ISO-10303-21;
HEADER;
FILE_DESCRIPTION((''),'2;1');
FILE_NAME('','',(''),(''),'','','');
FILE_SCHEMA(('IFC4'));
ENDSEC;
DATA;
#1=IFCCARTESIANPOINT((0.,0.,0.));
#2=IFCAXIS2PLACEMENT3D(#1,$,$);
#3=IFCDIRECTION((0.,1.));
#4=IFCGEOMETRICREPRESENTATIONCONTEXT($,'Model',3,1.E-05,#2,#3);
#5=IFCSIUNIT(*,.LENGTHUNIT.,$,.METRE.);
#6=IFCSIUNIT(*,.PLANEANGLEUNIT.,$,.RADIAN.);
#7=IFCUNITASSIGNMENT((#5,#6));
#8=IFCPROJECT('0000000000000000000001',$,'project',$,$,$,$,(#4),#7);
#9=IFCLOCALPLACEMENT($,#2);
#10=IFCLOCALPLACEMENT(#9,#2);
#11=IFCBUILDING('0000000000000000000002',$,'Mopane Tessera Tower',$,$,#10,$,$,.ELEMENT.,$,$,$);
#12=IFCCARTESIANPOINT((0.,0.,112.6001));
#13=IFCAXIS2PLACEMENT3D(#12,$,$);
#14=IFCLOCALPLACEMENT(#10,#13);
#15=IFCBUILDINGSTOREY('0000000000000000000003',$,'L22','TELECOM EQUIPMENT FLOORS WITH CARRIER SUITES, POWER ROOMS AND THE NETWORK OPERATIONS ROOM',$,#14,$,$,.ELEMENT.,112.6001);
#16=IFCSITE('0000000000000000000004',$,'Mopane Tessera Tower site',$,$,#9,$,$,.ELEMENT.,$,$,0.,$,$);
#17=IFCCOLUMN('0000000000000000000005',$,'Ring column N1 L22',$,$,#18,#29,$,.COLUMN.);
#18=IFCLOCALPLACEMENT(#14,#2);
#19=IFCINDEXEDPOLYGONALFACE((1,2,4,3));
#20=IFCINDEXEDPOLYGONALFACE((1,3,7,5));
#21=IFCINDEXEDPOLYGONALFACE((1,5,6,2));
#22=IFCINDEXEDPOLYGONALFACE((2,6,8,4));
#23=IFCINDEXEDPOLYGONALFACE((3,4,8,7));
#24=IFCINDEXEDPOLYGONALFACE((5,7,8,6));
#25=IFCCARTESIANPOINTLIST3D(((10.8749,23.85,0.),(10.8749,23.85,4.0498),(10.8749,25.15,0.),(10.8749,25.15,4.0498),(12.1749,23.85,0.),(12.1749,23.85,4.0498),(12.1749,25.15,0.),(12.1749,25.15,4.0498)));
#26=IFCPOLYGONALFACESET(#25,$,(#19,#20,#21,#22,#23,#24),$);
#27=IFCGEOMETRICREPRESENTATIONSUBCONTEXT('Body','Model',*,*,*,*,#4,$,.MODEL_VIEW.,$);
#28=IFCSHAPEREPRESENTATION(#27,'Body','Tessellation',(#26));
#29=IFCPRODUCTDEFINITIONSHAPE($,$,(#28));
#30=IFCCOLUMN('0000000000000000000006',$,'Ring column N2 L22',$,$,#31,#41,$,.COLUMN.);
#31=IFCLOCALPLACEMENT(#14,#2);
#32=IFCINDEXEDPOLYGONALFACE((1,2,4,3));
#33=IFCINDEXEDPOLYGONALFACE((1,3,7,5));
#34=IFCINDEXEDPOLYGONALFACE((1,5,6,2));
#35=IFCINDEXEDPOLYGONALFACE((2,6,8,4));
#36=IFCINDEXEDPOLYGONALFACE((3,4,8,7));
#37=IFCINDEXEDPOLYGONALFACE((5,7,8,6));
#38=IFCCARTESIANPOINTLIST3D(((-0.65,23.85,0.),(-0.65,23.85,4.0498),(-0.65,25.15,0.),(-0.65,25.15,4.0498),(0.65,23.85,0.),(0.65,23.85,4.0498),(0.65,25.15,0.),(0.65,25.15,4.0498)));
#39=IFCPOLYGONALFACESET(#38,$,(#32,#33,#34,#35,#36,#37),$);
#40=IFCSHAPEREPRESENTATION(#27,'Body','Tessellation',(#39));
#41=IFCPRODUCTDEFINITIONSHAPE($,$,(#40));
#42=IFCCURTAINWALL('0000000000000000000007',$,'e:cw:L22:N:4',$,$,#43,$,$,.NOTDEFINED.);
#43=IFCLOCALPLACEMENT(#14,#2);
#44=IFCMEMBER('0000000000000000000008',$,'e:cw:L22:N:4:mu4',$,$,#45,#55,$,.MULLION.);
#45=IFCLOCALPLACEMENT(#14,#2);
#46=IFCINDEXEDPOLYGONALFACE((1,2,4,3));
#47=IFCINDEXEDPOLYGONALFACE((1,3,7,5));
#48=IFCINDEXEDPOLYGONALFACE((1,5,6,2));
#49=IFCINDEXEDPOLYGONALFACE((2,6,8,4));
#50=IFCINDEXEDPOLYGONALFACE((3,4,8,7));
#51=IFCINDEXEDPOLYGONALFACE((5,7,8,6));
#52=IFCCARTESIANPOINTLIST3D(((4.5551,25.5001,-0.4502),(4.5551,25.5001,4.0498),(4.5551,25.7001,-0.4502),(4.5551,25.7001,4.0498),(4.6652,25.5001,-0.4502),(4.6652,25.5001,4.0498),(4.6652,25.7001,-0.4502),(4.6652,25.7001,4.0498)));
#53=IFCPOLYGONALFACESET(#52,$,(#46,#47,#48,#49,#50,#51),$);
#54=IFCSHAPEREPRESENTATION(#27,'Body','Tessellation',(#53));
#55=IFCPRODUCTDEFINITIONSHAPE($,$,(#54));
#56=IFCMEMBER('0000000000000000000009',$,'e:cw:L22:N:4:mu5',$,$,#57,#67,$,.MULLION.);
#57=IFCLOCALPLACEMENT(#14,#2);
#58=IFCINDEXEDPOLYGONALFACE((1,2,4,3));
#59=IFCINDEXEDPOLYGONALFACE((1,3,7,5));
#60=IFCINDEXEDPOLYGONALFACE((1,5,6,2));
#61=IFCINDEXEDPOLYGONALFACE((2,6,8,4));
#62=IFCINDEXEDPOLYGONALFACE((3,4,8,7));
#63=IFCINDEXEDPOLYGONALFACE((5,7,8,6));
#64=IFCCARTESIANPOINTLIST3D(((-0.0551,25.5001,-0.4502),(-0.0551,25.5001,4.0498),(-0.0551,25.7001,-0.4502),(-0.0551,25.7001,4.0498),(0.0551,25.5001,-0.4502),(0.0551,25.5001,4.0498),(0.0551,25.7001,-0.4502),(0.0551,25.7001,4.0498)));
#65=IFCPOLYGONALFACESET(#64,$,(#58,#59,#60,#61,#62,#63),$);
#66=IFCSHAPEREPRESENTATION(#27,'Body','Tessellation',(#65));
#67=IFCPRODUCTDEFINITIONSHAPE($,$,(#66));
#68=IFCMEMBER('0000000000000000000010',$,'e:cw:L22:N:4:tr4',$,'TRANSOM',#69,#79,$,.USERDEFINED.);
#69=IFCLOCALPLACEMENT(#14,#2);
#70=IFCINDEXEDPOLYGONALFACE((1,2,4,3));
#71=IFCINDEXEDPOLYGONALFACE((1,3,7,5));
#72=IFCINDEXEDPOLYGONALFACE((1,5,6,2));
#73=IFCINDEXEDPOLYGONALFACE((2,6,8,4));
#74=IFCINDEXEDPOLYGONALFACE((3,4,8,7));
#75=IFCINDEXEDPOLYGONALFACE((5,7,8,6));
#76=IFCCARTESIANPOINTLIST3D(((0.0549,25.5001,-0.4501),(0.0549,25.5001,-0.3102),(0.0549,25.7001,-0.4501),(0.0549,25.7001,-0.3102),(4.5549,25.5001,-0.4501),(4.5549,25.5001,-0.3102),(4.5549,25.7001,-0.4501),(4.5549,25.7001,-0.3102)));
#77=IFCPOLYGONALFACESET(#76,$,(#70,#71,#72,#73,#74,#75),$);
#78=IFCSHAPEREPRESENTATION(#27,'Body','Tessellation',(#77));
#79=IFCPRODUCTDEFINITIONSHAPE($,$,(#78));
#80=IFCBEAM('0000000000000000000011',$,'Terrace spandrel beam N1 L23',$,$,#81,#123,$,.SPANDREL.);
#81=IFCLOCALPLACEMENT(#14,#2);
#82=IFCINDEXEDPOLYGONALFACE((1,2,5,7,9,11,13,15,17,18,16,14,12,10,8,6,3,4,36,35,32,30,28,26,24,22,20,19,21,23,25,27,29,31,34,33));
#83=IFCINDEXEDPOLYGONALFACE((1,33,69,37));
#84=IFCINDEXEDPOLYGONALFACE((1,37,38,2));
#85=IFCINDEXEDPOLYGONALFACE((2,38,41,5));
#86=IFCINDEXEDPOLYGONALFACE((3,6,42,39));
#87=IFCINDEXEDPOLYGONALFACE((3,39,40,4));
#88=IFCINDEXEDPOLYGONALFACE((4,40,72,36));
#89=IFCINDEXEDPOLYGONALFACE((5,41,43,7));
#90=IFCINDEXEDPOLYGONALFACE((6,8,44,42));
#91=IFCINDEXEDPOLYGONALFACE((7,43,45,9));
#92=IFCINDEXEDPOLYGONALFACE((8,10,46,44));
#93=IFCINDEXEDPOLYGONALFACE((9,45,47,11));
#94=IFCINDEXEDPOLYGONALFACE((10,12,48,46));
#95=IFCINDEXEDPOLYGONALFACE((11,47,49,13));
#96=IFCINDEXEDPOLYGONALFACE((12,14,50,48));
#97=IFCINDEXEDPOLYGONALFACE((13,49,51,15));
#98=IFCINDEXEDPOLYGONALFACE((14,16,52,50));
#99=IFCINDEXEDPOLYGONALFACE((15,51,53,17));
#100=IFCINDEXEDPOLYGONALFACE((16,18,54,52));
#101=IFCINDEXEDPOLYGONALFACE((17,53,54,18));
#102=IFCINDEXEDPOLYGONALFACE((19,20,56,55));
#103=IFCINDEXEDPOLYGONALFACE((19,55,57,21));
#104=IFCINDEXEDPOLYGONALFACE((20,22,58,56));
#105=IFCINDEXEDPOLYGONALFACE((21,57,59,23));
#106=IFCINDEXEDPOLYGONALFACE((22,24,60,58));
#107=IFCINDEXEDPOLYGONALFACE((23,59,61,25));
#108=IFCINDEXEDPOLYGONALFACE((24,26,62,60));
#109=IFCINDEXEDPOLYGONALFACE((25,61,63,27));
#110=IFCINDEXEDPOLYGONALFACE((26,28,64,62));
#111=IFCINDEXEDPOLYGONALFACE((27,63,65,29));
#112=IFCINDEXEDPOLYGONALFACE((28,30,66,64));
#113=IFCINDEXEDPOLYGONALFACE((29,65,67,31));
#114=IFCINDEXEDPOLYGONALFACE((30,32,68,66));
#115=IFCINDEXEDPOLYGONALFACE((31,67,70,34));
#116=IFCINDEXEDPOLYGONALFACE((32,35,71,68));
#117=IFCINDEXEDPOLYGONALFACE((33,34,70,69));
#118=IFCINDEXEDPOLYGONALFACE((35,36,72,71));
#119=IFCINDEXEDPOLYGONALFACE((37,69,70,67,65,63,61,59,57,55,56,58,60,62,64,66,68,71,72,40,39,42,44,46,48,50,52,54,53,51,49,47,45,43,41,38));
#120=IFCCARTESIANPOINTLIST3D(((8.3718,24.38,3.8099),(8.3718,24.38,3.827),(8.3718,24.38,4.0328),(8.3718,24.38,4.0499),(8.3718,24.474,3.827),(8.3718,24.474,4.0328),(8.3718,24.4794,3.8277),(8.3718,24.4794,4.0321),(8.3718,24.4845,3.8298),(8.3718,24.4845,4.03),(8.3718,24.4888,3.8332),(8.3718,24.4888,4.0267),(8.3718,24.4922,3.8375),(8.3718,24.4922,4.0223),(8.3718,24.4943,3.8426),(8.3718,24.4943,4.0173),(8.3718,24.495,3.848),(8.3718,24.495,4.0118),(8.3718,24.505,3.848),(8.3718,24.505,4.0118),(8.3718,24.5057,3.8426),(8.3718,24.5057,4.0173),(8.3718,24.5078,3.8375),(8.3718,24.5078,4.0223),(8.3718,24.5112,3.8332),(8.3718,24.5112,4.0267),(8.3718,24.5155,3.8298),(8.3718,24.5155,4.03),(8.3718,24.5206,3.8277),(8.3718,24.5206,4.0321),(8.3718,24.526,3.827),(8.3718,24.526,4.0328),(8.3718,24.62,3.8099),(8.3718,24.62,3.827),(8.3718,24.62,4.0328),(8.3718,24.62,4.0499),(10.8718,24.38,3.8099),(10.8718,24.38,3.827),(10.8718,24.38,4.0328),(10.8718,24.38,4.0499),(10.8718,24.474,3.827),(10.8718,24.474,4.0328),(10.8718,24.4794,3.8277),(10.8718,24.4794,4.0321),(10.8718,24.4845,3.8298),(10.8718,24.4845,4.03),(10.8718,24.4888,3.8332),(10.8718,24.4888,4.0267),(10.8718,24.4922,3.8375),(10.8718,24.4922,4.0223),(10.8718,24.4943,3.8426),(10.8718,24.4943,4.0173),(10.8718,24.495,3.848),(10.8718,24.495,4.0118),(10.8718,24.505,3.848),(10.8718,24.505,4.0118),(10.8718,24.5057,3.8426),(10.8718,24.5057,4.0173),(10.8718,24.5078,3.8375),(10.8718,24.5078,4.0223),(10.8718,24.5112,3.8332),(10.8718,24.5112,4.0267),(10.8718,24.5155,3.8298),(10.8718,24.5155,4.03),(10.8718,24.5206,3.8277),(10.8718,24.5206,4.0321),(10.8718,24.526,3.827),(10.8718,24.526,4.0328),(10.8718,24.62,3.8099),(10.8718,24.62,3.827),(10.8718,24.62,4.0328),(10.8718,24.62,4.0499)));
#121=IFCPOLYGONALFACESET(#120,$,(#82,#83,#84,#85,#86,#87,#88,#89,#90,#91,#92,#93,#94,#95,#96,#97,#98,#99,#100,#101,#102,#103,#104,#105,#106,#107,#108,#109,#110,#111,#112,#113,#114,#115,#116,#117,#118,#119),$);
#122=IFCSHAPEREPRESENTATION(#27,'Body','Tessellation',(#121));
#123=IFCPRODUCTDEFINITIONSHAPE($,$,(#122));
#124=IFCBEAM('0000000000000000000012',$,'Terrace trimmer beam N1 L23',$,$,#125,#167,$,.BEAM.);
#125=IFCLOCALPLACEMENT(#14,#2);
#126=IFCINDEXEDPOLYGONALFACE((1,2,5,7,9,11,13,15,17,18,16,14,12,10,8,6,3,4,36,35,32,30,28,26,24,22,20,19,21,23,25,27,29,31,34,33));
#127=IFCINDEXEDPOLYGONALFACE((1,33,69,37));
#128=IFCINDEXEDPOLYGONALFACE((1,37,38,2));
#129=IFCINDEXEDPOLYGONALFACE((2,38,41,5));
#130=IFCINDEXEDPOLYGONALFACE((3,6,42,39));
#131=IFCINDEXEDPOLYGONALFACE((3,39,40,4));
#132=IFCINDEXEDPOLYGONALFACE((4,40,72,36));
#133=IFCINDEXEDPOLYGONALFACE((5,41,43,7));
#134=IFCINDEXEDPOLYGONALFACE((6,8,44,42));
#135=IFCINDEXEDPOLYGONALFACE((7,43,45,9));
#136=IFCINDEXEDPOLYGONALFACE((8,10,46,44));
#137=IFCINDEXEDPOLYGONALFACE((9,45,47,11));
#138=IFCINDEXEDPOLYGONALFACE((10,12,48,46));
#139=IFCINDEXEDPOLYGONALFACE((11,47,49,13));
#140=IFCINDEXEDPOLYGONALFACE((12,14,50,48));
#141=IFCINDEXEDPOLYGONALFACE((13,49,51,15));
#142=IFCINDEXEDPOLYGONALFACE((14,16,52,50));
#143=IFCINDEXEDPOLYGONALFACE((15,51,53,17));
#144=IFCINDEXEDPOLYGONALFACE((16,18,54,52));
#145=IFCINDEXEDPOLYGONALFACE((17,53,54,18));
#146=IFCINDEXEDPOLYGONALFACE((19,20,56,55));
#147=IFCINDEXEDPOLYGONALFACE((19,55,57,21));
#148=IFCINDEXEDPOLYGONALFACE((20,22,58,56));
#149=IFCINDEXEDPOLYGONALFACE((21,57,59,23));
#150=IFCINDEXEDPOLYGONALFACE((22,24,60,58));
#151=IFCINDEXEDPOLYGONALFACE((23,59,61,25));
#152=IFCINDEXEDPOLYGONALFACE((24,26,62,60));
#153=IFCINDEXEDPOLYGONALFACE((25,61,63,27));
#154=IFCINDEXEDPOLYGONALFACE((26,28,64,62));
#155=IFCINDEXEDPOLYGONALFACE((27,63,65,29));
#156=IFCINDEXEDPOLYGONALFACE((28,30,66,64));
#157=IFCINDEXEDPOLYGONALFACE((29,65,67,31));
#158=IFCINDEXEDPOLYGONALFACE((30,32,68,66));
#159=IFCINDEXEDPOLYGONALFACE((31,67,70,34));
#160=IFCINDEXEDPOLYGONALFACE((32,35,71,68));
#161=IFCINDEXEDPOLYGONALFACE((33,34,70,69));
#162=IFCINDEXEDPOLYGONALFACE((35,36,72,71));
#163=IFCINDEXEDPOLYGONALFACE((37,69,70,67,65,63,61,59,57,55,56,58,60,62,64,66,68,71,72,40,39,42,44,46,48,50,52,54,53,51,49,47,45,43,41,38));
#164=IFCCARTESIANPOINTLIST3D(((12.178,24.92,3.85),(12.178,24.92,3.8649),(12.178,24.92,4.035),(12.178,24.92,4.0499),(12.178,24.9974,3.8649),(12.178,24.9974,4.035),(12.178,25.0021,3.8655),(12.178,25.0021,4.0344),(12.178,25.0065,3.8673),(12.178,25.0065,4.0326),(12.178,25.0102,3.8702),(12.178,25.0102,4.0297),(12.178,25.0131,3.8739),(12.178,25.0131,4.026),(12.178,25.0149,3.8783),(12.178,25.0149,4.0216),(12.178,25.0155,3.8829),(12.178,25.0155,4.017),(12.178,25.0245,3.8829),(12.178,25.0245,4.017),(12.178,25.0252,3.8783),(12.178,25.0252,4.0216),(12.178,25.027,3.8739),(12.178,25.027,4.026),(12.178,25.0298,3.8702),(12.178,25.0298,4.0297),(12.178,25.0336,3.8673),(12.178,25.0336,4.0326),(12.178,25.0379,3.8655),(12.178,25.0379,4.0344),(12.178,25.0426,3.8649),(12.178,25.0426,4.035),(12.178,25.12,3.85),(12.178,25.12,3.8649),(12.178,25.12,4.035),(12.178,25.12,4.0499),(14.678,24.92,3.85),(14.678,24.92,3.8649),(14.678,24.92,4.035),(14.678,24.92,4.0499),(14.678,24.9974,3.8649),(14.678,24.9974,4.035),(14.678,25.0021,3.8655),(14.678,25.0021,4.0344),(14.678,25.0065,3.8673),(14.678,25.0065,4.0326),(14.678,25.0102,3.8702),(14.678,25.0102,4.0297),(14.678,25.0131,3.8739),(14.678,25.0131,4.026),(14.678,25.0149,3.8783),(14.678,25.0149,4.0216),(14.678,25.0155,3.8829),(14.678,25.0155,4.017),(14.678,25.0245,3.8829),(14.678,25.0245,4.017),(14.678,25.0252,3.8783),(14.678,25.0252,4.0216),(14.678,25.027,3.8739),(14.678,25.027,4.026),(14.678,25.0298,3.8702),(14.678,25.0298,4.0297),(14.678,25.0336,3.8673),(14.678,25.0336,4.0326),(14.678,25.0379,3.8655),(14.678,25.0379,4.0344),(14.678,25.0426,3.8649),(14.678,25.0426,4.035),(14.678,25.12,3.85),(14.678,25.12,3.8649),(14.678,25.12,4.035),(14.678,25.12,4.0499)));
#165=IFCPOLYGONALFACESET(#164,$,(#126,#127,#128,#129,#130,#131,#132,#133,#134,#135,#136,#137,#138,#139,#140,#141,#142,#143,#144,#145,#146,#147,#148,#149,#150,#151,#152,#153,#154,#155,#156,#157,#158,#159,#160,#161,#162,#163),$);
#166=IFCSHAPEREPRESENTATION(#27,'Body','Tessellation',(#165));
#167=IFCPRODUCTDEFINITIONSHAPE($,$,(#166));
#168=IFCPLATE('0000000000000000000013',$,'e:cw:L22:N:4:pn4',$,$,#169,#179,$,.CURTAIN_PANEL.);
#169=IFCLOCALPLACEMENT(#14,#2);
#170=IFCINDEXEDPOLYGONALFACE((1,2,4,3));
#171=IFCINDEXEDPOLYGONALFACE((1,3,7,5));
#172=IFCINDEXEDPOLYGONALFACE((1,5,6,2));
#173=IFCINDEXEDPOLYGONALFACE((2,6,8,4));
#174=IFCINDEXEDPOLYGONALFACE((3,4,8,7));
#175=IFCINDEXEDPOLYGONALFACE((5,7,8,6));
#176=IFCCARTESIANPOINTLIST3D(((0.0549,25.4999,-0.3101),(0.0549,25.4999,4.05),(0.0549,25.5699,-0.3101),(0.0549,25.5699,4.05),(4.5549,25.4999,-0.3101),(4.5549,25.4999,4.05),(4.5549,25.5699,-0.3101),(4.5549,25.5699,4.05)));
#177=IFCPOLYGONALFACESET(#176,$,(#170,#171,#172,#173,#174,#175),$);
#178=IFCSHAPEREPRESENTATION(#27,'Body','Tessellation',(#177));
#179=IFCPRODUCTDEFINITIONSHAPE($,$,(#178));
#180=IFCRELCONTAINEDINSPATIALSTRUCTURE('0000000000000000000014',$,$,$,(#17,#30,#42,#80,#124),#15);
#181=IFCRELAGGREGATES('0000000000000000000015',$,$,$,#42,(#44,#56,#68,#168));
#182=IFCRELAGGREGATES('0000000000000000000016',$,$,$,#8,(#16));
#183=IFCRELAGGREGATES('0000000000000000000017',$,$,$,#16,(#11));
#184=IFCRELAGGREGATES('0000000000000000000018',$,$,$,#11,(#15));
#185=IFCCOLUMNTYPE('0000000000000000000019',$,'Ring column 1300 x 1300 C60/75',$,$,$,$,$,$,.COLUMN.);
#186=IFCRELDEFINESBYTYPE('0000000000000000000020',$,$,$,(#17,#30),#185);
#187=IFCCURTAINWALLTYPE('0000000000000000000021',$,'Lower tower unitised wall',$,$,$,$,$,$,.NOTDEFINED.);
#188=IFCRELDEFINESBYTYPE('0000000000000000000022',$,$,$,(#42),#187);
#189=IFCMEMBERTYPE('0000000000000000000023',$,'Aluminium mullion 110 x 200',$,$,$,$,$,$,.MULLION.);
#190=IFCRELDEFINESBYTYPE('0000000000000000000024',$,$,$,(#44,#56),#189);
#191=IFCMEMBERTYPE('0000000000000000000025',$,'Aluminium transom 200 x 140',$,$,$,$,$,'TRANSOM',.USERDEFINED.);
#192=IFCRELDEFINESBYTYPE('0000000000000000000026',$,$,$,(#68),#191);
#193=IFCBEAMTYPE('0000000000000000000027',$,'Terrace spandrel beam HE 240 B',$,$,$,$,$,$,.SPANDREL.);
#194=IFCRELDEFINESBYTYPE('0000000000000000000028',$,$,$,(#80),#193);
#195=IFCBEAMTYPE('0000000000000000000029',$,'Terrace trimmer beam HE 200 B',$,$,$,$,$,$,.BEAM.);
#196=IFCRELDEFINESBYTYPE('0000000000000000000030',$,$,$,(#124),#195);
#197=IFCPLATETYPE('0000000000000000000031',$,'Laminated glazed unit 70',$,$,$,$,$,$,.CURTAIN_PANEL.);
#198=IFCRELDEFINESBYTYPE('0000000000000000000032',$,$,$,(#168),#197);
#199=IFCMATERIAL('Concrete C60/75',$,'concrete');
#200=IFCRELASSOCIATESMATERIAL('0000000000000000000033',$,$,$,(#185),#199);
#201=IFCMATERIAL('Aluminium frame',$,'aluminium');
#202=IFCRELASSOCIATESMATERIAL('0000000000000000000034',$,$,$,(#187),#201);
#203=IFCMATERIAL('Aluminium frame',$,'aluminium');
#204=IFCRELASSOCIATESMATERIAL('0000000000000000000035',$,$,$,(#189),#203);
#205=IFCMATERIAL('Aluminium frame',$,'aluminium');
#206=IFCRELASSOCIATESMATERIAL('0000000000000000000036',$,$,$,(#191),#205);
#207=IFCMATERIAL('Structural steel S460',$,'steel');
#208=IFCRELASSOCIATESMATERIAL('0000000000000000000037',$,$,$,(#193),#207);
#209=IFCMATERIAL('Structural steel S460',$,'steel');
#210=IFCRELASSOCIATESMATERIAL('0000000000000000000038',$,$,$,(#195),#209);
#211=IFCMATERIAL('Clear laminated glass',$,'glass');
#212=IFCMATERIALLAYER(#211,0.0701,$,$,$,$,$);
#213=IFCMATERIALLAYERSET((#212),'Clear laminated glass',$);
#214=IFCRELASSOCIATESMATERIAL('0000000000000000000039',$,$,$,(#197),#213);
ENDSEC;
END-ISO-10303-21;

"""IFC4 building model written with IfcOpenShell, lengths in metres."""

from ifc_helpers import new_model, si_unit, direction, frame, origin, origin_2d, place, context, subcontext, project, spatial, rectangle, i_section, extrude, material, layer, layer_set, material_profile, profile_set, type_object, element, aggregate, save


model = new_model("IFC4")

# Units and contexts
model_context = context("Model", 3, precision=1e-05, world=origin(), true_north=direction((0.0, 1.0)))
body_context = subcontext(model_context, "Body", "Model", "MODEL_VIEW")
ifc_project = project(units=[si_unit("LENGTHUNIT", "METRE"), si_unit("PLANEANGLEUNIT", "RADIAN")], contexts=[model_context])

# Site, building, storey
site_placement = place(None, origin())
site = spatial("IfcSite", under=ifc_project, at=site_placement, Name="Mopane Tessera Tower site", CompositionType="ELEMENT", RefElevation=0.0)
building_placement = place(site_placement, origin())
building = spatial("IfcBuilding", under=site, at=building_placement, Name="Mopane Tessera Tower", CompositionType="ELEMENT")
storey_placement = place(building_placement, frame((0.0, 0.0, 112.6001)))
storey = spatial("IfcBuildingStorey", under=building, at=storey_placement, Name="L22", Description="TELECOM EQUIPMENT FLOORS WITH CARRIER SUITES, POWER ROOMS AND THE NETWORK OPERATIONS ROOM", CompositionType="ELEMENT", Elevation=112.6001)

# Columns
ifc_material_1 = material(Name="Concrete C60/75", Category="concrete")
ifc_material_profile_1 = material_profile(ifc_material_1, rectangle(XDim=1.3, YDim=1.3, at=origin_2d()))
ifc_profile_set_1 = profile_set([ifc_material_profile_1], Name="Concrete C60/75")
column_type = type_object("IfcColumnType", Name="Ring column 1300 x 1300 C60/75", PredefinedType="COLUMN", material=ifc_profile_set_1)
for number, where, z_axis, x_axis, name in (
    (1, (11.5249, 24.5, 0.0), (0.0, 0.0, 1.0), (1.0, 0.0, 0.0), "Ring column N1 L22"),
    (2, (0.0, 24.5, 0.0), (0.0, 0.0, 1.0), (1.0, 0.0, 0.0), "Ring column N2 L22"),
):
    element("IfcColumn", number, at=place(storey_placement, frame(where, z_axis=z_axis, x_axis=x_axis)), inside=storey, type_object=column_type, Name=name, PredefinedType="COLUMN", context=body_context, shape_type="SweptSolid", body=[
        extrude(rectangle(XDim=1.3, YDim=1.3, at=origin_2d()), origin(), (0.0, 0.0, 1.0), 4.0498),
    ])

# Curtain wall, members
ifc_material_2 = material(Name="Aluminium frame", Category="aluminium")
curtain_wall_type = type_object("IfcCurtainWallType", Name="Lower tower unitised wall", PredefinedType="NOTDEFINED", material=ifc_material_2)
curtain_wall_placement = place(storey_placement, origin())
curtain_wall = element("IfcCurtainWall", 3, at=curtain_wall_placement, inside=storey, type_object=curtain_wall_type, Name="e:cw:L22:N:4", PredefinedType="NOTDEFINED")
ifc_material_3 = material(Name="Aluminium frame", Category="aluminium")
ifc_material_profile_2 = material_profile(ifc_material_3, rectangle(XDim=0.1101, YDim=0.2, at=origin_2d()))
ifc_profile_set_2 = profile_set([ifc_material_profile_2], Name="Aluminium frame")
member_type_1 = type_object("IfcMemberType", Name="Aluminium mullion 110 x 200", PredefinedType="MULLION", material=ifc_profile_set_2)
member_1_placement = place(storey_placement, frame((4.6101, 25.6001, -0.4502), z_axis=(0.0, 0.0, 1.0), x_axis=(-1.0, 0.0, 0.0)))
member_1 = element("IfcMember", 4, at=member_1_placement, type_object=member_type_1, Name="e:cw:L22:N:4:mu4", PredefinedType="MULLION", context=body_context, shape_type="SweptSolid", body=[
    extrude(rectangle(XDim=0.1101, YDim=0.2, at=origin_2d()), origin(), (0.0, 0.0, 1.0), 4.5),
])
member_2_placement = place(storey_placement, frame((0.0, 25.6001, -0.4502), z_axis=(0.0, 0.0, 1.0), x_axis=(-1.0, 0.0, 0.0)))
member_2 = element("IfcMember", 5, at=member_2_placement, type_object=member_type_1, Name="e:cw:L22:N:4:mu5", PredefinedType="MULLION", context=body_context, shape_type="SweptSolid", body=[
    extrude(rectangle(XDim=0.1101, YDim=0.2, at=origin_2d()), origin(), (0.0, 0.0, 1.0), 4.5),
])
ifc_material_4 = material(Name="Aluminium frame", Category="aluminium")
ifc_material_profile_3 = material_profile(ifc_material_4, rectangle(XDim=0.2, YDim=0.1399, at=origin_2d()))
ifc_profile_set_3 = profile_set([ifc_material_profile_3], Name="Aluminium frame")
member_type_2 = type_object("IfcMemberType", Name="Aluminium transom 200 x 140", ElementType="TRANSOM", PredefinedType="USERDEFINED", material=ifc_profile_set_3)
member_3_placement = place(storey_placement, frame((4.5549, 25.6001, -0.3801), z_axis=(-1.0, 0.0, 0.0), x_axis=(0.0, -1.0, 0.0)))
member_3 = element("IfcMember", 6, at=member_3_placement, type_object=member_type_2, Name="e:cw:L22:N:4:tr4", ObjectType="TRANSOM", PredefinedType="USERDEFINED", context=body_context, shape_type="SweptSolid", body=[
    extrude(rectangle(XDim=0.2, YDim=0.1399, at=origin_2d()), origin(), (0.0, 0.0, 1.0), 4.5),
])

# Beams
ifc_material_5 = material(Name="Structural steel S460", Category="steel")
ifc_material_profile_4 = material_profile(ifc_material_5, i_section(OverallWidth=0.24, OverallDepth=0.24, WebThickness=0.01, FlangeThickness=0.0171, FilletRadius=0.021, at=origin_2d()))
ifc_profile_set_4 = profile_set([ifc_material_profile_4], Name="Structural steel S460")
beam_type_1 = type_object("IfcBeamType", Name="Terrace spandrel beam HE 240 B", PredefinedType="SPANDREL", material=ifc_profile_set_4)
beam_1_placement = place(storey_placement, frame((10.8718, 24.5, 3.9299), z_axis=(-1.0, 0.0, 0.0), x_axis=(0.0, -1.0, 0.0)))
element("IfcBeam", 7, at=beam_1_placement, inside=storey, type_object=beam_type_1, Name="Terrace spandrel beam N1 L23", PredefinedType="SPANDREL", context=body_context, shape_type="SweptSolid", body=[
    extrude(i_section(OverallWidth=0.24, OverallDepth=0.24, WebThickness=0.01, FlangeThickness=0.0171, FilletRadius=0.021, at=origin_2d()), origin(), (0.0, 0.0, 1.0), 2.5),
])
ifc_material_6 = material(Name="Structural steel S460", Category="steel")
ifc_material_profile_5 = material_profile(ifc_material_6, i_section(OverallWidth=0.2, OverallDepth=0.2, WebThickness=0.009, FlangeThickness=0.0149, FilletRadius=0.0181, at=origin_2d()))
ifc_profile_set_5 = profile_set([ifc_material_profile_5], Name="Structural steel S460")
beam_type_2 = type_object("IfcBeamType", Name="Terrace trimmer beam HE 200 B", PredefinedType="BEAM", material=ifc_profile_set_5)
beam_2_placement = place(storey_placement, frame((12.178, 25.02, 3.95), z_axis=(1.0, 0.0, 0.0), x_axis=(0.0, 1.0, 0.0)))
element("IfcBeam", 8, at=beam_2_placement, inside=storey, type_object=beam_type_2, Name="Terrace trimmer beam N1 L23", PredefinedType="BEAM", context=body_context, shape_type="SweptSolid", body=[
    extrude(i_section(OverallWidth=0.2, OverallDepth=0.2, WebThickness=0.009, FlangeThickness=0.0149, FilletRadius=0.0181, at=origin_2d()), origin(), (0.0, 0.0, 1.0), 2.5),
])

# Plate
ifc_material_7 = material(Name="Clear laminated glass", Category="glass")
ifc_layer_1 = layer(ifc_material_7, 0.0701)
ifc_layer_set_1 = layer_set([ifc_layer_1], Name="Clear laminated glass")
plate_type = type_object("IfcPlateType", Name="Laminated glazed unit 70", PredefinedType="CURTAIN_PANEL", material=ifc_layer_set_1)
plate_placement = place(storey_placement, frame((2.3049, 25.5349, -0.3101), z_axis=(0.0, 0.0, 1.0), x_axis=(-1.0, 0.0, 0.0)))
plate = element("IfcPlate", 9, at=plate_placement, type_object=plate_type, Name="e:cw:L22:N:4:pn4", PredefinedType="CURTAIN_PANEL", context=body_context, shape_type="SweptSolid", body=[
    extrude(rectangle(XDim=4.5, YDim=0.0701, at=origin_2d()), origin(), (0.0, 0.0, 1.0), 4.3601),
])
aggregate(curtain_wall, [member_1, member_2, member_3, plate])

save(model, "model.ifc")
